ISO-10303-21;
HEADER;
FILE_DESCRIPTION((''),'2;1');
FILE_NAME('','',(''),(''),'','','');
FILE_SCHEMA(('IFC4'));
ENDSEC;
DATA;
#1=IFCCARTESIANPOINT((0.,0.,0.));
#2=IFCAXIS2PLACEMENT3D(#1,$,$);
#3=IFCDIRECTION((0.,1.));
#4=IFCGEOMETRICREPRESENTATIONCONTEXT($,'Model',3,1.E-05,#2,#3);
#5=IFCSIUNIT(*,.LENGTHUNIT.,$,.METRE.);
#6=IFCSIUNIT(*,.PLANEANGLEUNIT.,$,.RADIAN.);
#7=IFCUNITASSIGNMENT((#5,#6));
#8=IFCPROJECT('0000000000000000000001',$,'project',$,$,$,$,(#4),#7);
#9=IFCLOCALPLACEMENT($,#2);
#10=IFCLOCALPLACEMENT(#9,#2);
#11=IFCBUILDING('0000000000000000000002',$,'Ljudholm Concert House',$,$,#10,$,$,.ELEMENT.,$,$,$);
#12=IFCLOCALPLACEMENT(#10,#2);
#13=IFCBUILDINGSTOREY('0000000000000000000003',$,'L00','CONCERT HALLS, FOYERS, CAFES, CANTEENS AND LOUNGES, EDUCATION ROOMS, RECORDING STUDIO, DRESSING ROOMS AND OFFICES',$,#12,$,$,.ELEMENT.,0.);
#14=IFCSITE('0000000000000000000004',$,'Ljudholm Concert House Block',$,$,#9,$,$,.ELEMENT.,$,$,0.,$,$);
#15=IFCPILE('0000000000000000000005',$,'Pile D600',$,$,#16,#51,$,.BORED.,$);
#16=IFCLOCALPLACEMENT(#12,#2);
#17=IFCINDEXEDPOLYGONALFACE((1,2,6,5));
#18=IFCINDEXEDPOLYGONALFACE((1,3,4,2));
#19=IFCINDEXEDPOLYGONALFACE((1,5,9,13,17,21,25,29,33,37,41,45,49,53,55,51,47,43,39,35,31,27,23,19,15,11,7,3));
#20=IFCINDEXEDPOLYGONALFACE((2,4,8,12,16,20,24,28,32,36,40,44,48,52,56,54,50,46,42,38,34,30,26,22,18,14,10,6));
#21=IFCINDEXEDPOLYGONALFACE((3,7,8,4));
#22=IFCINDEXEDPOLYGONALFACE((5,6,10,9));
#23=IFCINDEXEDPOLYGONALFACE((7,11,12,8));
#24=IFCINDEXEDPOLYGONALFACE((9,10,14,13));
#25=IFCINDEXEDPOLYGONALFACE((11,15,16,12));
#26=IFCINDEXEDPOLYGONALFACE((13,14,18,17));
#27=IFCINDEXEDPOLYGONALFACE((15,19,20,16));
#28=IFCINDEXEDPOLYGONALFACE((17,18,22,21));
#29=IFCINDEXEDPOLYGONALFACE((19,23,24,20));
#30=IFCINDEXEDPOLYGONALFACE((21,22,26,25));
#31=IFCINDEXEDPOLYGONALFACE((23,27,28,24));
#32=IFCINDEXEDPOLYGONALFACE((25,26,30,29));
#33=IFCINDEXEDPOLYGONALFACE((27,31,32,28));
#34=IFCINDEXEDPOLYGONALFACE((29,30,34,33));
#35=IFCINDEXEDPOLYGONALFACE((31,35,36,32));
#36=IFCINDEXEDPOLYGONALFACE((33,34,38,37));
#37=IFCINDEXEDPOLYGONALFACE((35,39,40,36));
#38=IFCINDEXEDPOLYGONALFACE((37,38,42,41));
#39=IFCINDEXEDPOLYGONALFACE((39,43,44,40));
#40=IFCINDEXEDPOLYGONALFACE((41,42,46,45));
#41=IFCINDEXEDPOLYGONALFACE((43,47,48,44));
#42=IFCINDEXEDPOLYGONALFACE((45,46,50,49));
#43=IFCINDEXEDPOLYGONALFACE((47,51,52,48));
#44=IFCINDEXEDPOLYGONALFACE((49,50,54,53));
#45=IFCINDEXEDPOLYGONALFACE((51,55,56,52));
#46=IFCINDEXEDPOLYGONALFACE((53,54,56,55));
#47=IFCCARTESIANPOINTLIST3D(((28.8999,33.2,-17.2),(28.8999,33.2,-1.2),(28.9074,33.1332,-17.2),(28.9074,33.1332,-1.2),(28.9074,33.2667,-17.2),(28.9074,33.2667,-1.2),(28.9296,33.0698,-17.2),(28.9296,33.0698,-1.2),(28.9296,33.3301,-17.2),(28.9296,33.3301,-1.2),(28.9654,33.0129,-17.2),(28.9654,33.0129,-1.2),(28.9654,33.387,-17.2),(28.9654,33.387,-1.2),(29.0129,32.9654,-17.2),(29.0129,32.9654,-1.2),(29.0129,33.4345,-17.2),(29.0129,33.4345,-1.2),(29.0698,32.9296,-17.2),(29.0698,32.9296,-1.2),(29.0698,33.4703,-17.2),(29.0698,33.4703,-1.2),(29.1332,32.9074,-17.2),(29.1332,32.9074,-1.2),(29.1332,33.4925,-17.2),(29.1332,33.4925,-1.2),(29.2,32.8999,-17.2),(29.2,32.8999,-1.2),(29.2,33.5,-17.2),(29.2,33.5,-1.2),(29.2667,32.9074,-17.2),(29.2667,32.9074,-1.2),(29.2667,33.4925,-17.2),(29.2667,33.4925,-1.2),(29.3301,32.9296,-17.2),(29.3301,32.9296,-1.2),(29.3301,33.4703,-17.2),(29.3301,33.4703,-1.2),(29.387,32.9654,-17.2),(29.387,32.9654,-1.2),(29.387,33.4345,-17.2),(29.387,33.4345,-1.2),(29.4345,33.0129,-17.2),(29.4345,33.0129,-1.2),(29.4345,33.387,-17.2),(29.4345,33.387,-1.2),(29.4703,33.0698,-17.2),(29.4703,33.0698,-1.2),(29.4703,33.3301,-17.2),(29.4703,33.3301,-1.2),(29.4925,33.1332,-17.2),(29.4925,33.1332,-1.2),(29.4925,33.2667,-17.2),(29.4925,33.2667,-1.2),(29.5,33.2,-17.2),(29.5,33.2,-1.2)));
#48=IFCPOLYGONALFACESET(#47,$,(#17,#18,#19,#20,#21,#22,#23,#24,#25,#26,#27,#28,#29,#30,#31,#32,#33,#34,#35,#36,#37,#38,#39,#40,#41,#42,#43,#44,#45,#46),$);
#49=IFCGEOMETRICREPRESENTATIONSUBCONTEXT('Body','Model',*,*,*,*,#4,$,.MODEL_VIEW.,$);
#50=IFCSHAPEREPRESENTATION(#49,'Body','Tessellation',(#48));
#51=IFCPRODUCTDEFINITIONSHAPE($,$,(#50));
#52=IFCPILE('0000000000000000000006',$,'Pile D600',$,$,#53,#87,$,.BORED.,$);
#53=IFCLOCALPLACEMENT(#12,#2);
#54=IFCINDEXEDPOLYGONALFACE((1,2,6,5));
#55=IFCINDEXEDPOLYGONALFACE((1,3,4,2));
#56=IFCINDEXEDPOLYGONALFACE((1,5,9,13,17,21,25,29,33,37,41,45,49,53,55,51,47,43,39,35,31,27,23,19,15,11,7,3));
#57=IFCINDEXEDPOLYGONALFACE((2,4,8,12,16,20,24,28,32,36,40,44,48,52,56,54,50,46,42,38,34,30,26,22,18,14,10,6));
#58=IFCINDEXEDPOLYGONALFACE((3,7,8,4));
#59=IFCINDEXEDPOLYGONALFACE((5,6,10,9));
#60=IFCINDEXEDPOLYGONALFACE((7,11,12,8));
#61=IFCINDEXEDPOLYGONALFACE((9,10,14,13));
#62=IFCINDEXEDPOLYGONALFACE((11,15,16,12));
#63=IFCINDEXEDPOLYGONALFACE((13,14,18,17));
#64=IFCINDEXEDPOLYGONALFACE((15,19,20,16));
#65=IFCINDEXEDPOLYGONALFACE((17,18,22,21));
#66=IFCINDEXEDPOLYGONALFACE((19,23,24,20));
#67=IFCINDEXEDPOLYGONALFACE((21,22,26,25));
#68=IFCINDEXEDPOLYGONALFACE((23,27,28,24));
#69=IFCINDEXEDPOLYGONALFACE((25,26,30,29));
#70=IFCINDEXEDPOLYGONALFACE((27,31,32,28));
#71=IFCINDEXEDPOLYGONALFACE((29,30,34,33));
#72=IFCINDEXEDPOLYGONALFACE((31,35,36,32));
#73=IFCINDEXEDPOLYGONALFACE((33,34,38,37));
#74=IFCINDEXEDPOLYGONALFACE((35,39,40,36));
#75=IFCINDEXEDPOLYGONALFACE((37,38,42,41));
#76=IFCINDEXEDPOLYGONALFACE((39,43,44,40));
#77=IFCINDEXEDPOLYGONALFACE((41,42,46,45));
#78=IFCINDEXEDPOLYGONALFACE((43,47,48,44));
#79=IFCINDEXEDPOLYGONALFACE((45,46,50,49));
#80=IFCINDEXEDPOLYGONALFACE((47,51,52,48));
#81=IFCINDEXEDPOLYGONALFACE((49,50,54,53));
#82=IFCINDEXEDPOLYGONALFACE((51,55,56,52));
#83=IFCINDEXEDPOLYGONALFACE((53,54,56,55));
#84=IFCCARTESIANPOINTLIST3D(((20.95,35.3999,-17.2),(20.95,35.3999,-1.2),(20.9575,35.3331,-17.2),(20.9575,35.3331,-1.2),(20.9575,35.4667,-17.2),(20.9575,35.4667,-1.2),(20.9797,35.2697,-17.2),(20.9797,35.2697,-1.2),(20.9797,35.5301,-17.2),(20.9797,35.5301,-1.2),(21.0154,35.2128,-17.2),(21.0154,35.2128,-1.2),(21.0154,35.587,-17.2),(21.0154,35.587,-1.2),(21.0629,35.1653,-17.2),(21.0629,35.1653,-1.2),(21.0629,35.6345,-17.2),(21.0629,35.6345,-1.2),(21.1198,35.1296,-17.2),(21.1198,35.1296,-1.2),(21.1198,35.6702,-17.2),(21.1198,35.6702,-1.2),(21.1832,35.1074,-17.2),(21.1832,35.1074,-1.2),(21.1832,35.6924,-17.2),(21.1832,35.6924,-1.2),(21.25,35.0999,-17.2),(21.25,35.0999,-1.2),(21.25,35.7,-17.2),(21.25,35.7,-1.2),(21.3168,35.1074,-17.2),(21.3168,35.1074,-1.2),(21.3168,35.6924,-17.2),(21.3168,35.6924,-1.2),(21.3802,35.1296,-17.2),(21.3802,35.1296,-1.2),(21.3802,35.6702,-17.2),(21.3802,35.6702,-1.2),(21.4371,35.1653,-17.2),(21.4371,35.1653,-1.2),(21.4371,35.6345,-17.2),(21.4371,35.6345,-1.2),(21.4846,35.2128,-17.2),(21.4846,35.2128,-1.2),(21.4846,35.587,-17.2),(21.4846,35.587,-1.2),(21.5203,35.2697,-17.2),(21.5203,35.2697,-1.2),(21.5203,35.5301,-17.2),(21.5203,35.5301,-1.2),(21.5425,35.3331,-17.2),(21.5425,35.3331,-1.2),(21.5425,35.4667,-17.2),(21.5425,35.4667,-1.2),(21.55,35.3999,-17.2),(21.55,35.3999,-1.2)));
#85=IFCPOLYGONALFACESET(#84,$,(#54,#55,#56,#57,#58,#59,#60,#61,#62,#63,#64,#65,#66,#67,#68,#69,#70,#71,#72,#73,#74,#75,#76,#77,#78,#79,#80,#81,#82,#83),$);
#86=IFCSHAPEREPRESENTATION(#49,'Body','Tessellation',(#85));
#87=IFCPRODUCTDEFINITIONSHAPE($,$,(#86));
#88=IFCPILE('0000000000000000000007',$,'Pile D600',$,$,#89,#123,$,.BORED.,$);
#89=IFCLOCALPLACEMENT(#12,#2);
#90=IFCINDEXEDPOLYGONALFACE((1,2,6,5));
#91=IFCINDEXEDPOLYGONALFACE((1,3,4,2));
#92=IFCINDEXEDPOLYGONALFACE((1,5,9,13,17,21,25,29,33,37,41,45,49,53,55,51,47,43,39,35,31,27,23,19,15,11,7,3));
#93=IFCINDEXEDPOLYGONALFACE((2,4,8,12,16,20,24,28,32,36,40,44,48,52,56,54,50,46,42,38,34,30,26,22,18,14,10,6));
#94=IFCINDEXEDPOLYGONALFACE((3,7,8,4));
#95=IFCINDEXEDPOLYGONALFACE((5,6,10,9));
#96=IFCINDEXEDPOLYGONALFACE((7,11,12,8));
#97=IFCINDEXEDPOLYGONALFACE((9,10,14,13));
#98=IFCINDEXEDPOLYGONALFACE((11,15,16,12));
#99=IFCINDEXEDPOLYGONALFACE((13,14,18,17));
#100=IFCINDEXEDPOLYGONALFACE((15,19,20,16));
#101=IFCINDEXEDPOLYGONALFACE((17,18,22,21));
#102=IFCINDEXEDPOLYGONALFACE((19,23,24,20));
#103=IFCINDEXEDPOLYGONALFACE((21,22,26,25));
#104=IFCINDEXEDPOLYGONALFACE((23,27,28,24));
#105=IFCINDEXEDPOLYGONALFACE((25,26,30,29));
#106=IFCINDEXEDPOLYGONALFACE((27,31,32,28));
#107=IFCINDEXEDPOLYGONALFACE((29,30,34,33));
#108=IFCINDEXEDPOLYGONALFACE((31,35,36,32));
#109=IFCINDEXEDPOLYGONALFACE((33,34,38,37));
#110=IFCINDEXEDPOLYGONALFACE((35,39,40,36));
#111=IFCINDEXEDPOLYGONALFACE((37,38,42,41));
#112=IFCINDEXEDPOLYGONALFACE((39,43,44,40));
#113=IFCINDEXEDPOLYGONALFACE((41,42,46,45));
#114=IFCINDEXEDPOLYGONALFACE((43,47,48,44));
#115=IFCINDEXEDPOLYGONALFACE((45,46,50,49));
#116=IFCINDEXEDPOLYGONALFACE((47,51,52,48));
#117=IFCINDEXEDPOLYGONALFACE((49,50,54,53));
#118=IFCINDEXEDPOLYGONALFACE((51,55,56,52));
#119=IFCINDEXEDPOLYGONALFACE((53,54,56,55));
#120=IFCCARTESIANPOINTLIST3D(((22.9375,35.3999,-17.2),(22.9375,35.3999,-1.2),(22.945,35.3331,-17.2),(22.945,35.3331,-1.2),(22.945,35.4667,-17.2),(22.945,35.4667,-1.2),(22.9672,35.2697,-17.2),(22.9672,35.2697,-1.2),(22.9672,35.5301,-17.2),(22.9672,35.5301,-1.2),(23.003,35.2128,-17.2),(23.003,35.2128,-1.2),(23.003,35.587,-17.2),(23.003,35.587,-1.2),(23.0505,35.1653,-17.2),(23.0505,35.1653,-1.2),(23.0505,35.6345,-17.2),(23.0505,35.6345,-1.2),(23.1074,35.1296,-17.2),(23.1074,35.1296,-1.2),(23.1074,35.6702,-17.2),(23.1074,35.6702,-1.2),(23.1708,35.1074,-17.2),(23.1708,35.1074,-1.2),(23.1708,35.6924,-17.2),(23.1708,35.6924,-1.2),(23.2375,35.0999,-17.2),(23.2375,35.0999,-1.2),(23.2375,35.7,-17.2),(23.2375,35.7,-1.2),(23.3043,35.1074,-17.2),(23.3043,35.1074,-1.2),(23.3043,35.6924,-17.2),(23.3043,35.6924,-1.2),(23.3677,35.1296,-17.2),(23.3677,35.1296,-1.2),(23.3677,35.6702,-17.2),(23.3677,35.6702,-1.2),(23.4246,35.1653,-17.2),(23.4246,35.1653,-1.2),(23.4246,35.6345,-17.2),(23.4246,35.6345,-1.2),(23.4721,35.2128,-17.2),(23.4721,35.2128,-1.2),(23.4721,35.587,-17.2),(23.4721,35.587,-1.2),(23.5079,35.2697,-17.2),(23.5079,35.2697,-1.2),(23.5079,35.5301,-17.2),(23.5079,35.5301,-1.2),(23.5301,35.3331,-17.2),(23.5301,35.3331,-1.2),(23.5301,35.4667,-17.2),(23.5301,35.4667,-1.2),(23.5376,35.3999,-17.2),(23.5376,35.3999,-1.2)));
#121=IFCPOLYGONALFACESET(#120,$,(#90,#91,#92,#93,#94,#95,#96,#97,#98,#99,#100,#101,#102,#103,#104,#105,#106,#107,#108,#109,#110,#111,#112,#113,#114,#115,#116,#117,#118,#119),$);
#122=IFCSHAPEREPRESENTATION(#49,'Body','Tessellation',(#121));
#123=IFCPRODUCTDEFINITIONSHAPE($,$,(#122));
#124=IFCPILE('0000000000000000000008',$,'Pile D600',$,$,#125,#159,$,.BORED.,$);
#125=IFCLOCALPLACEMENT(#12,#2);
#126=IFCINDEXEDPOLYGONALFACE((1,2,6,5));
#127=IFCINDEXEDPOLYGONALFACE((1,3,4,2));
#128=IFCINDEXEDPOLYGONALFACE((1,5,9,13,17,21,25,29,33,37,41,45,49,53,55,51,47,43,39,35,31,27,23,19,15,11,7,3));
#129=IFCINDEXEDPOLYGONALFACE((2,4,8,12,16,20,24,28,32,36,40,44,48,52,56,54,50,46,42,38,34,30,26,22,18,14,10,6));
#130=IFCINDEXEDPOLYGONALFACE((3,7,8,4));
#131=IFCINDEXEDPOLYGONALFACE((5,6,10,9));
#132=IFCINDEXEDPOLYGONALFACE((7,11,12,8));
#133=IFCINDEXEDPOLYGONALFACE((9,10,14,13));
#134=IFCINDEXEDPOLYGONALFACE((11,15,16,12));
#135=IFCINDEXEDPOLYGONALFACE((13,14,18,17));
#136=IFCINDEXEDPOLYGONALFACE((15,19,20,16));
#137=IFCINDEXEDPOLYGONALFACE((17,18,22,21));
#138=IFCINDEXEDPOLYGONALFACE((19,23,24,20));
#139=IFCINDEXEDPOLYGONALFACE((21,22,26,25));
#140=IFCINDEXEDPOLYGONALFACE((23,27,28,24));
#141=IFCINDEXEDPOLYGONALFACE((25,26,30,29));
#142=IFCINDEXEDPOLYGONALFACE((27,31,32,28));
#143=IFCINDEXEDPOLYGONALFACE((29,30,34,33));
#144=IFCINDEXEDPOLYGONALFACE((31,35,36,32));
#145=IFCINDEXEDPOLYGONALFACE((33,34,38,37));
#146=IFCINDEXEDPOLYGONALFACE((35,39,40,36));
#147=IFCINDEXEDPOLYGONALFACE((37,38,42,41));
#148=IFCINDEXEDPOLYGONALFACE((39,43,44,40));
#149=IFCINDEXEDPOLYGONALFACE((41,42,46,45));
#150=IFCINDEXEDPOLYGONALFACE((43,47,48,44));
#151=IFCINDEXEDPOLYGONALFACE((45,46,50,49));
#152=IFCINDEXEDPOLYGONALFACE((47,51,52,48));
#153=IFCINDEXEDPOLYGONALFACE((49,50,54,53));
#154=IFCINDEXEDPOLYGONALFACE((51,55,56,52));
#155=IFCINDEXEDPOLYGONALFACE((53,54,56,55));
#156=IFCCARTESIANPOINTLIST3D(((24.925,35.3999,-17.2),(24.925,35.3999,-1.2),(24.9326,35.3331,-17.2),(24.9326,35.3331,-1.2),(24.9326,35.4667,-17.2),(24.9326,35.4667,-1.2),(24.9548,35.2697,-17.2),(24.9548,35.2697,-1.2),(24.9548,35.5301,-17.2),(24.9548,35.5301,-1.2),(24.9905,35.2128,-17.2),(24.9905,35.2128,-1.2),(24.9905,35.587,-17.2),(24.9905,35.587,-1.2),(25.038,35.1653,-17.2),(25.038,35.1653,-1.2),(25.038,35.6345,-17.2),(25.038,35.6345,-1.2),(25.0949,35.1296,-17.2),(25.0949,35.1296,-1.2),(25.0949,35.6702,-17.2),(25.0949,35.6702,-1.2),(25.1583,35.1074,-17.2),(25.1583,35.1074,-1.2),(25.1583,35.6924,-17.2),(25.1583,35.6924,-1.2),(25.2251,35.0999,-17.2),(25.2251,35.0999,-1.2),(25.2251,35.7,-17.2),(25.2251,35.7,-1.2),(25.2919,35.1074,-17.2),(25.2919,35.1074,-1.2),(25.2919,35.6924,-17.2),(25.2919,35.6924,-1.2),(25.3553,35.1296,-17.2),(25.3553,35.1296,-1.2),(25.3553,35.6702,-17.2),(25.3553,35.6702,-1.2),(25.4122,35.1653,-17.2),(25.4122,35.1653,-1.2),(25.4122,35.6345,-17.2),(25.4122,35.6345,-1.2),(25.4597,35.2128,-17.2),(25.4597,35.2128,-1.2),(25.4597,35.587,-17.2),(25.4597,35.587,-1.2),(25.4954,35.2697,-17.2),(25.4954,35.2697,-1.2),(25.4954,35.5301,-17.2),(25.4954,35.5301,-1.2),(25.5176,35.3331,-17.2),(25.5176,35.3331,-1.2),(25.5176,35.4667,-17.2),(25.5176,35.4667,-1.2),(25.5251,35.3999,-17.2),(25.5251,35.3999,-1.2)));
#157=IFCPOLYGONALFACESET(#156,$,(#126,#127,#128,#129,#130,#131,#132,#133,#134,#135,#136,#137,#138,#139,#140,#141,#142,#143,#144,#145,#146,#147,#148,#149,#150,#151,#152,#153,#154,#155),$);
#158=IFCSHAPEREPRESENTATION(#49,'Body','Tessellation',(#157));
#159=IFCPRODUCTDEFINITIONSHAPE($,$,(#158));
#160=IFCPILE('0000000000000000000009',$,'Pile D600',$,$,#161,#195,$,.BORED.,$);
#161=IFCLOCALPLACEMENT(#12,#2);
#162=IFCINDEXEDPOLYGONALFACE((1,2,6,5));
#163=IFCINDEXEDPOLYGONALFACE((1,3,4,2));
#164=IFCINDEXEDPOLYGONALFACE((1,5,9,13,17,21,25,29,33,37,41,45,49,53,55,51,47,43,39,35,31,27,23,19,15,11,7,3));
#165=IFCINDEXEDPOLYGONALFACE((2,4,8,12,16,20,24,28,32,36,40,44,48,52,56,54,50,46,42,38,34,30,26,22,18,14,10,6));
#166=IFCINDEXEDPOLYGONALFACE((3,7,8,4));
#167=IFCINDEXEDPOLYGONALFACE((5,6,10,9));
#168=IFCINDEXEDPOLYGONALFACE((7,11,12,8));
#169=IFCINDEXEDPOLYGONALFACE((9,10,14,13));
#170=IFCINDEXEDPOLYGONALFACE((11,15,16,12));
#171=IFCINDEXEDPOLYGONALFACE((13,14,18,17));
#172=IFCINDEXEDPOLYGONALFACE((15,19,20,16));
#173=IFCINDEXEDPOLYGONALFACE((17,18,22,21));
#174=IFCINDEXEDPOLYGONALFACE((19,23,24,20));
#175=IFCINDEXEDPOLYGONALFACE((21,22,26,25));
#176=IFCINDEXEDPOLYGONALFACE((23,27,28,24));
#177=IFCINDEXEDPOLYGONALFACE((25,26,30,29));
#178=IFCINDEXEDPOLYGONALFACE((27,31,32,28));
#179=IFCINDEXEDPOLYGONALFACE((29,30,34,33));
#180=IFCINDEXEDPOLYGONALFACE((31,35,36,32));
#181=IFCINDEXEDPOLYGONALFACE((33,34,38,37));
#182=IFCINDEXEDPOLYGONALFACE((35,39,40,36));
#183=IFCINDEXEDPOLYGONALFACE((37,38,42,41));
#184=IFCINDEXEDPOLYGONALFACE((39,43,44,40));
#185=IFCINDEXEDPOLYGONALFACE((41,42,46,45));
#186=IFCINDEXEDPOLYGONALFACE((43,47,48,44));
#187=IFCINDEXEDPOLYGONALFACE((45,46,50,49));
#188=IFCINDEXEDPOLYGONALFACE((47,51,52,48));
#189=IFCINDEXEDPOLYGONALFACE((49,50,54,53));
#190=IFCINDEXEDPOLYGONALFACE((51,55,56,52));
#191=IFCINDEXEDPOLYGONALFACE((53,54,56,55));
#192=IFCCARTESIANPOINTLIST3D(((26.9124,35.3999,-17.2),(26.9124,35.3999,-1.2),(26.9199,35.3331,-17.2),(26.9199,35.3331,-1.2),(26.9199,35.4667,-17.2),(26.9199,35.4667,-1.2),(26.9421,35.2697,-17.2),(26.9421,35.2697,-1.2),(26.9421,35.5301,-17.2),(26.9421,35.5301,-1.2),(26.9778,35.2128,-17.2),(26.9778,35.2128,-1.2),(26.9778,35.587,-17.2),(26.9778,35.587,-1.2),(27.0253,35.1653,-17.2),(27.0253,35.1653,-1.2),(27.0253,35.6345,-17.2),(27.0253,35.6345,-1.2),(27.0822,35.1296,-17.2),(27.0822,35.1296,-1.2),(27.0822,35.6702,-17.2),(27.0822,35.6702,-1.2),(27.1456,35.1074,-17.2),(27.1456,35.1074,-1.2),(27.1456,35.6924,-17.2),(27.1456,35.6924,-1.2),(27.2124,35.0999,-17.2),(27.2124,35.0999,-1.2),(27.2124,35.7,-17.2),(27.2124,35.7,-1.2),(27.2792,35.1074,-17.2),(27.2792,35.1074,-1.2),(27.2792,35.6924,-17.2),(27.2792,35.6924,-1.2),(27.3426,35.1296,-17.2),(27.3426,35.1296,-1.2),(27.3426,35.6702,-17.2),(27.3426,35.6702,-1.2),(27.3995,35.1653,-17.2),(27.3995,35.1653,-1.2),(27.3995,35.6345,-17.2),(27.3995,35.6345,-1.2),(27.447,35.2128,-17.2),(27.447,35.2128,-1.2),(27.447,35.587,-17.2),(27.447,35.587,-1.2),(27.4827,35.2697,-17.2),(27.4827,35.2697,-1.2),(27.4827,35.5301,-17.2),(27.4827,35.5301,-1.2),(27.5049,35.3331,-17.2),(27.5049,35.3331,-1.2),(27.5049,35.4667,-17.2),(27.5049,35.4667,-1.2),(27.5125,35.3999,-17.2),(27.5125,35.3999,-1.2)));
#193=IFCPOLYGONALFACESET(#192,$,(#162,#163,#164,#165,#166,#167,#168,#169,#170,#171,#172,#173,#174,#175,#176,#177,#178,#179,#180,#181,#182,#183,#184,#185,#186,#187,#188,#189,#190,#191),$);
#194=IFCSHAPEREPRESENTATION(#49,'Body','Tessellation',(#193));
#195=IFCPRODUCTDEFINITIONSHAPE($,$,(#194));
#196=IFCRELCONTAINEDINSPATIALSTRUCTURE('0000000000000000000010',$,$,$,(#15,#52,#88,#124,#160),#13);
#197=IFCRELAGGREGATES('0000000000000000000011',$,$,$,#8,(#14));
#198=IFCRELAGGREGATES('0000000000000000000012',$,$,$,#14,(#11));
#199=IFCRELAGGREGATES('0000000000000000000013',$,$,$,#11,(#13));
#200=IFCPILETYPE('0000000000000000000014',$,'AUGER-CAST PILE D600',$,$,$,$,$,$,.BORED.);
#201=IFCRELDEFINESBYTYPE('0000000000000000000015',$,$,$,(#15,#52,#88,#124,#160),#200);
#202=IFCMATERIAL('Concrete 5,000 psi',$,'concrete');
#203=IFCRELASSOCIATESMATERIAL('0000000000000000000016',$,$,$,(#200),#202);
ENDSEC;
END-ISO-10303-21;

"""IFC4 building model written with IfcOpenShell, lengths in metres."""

from ifc_helpers import new_model, si_unit, direction, frame, origin, origin_2d, place, context, subcontext, project, spatial, circle, extrude, material, material_profile, profile_set, type_object, element, save


model = new_model("IFC4")

# Units and contexts
model_context = context("Model", 3, precision=1e-05, world=origin(), true_north=direction((0.0, 1.0)))
body_context = subcontext(model_context, "Body", "Model", "MODEL_VIEW")
ifc_project = project(units=[si_unit("LENGTHUNIT", "METRE"), si_unit("PLANEANGLEUNIT", "RADIAN")], contexts=[model_context])

# Site, building, storey
site_placement = place(None, origin())
site = spatial("IfcSite", under=ifc_project, at=site_placement, Name="Ljudholm Concert House Block", CompositionType="ELEMENT", RefElevation=0.0)
building_placement = place(site_placement, origin())
building = spatial("IfcBuilding", under=site, at=building_placement, Name="Ljudholm Concert House", CompositionType="ELEMENT")
storey_placement = place(building_placement, origin())
storey = spatial("IfcBuildingStorey", under=building, at=storey_placement, Name="L00", Description="CONCERT HALLS, FOYERS, CAFES, CANTEENS AND LOUNGES, EDUCATION ROOMS, RECORDING STUDIO, DRESSING ROOMS AND OFFICES", CompositionType="ELEMENT", Elevation=0.0)

# Piles
ifc_material_1 = material(Name="Concrete 5,000 psi", Category="concrete")
ifc_material_profile_1 = material_profile(ifc_material_1, circle(Radius=0.3, at=origin_2d()), Name="AUGER-CAST PILE D600")
ifc_profile_set_1 = profile_set([ifc_material_profile_1], Name="Concrete 5,000 psi")
pile_type = type_object("IfcPileType", Name="AUGER-CAST PILE D600", PredefinedType="BORED", material=ifc_profile_set_1)
for number, where, z_axis, x_axis, name in (
    (1, (29.2, 33.2, -1.2), (0.0, 0.0, -1.0), (1.0, 0.0, 0.0), "Pile D600"),
    (2, (21.25, 35.3999, -1.2), (0.0, 0.0, -1.0), (1.0, 0.0, 0.0), "Pile D600"),
    (3, (23.2375, 35.3999, -1.2), (0.0, 0.0, -1.0), (1.0, 0.0, 0.0), "Pile D600"),
    (4, (25.2251, 35.3999, -1.2), (0.0, 0.0, -1.0), (1.0, 0.0, 0.0), "Pile D600"),
    (5, (27.2124, 35.3999, -1.2), (0.0, 0.0, -1.0), (1.0, 0.0, 0.0), "Pile D600"),
):
    element("IfcPile", number, at=place(storey_placement, frame(where, z_axis=z_axis, x_axis=x_axis)), inside=storey, type_object=pile_type, Name=name, PredefinedType="BORED", context=body_context, shape_type="SweptSolid", body=[
        extrude(circle(Radius=0.3, at=origin_2d()), origin(), (0.0, 0.0, 1.0), 16.0),
    ])

save(model, "model.ifc")
